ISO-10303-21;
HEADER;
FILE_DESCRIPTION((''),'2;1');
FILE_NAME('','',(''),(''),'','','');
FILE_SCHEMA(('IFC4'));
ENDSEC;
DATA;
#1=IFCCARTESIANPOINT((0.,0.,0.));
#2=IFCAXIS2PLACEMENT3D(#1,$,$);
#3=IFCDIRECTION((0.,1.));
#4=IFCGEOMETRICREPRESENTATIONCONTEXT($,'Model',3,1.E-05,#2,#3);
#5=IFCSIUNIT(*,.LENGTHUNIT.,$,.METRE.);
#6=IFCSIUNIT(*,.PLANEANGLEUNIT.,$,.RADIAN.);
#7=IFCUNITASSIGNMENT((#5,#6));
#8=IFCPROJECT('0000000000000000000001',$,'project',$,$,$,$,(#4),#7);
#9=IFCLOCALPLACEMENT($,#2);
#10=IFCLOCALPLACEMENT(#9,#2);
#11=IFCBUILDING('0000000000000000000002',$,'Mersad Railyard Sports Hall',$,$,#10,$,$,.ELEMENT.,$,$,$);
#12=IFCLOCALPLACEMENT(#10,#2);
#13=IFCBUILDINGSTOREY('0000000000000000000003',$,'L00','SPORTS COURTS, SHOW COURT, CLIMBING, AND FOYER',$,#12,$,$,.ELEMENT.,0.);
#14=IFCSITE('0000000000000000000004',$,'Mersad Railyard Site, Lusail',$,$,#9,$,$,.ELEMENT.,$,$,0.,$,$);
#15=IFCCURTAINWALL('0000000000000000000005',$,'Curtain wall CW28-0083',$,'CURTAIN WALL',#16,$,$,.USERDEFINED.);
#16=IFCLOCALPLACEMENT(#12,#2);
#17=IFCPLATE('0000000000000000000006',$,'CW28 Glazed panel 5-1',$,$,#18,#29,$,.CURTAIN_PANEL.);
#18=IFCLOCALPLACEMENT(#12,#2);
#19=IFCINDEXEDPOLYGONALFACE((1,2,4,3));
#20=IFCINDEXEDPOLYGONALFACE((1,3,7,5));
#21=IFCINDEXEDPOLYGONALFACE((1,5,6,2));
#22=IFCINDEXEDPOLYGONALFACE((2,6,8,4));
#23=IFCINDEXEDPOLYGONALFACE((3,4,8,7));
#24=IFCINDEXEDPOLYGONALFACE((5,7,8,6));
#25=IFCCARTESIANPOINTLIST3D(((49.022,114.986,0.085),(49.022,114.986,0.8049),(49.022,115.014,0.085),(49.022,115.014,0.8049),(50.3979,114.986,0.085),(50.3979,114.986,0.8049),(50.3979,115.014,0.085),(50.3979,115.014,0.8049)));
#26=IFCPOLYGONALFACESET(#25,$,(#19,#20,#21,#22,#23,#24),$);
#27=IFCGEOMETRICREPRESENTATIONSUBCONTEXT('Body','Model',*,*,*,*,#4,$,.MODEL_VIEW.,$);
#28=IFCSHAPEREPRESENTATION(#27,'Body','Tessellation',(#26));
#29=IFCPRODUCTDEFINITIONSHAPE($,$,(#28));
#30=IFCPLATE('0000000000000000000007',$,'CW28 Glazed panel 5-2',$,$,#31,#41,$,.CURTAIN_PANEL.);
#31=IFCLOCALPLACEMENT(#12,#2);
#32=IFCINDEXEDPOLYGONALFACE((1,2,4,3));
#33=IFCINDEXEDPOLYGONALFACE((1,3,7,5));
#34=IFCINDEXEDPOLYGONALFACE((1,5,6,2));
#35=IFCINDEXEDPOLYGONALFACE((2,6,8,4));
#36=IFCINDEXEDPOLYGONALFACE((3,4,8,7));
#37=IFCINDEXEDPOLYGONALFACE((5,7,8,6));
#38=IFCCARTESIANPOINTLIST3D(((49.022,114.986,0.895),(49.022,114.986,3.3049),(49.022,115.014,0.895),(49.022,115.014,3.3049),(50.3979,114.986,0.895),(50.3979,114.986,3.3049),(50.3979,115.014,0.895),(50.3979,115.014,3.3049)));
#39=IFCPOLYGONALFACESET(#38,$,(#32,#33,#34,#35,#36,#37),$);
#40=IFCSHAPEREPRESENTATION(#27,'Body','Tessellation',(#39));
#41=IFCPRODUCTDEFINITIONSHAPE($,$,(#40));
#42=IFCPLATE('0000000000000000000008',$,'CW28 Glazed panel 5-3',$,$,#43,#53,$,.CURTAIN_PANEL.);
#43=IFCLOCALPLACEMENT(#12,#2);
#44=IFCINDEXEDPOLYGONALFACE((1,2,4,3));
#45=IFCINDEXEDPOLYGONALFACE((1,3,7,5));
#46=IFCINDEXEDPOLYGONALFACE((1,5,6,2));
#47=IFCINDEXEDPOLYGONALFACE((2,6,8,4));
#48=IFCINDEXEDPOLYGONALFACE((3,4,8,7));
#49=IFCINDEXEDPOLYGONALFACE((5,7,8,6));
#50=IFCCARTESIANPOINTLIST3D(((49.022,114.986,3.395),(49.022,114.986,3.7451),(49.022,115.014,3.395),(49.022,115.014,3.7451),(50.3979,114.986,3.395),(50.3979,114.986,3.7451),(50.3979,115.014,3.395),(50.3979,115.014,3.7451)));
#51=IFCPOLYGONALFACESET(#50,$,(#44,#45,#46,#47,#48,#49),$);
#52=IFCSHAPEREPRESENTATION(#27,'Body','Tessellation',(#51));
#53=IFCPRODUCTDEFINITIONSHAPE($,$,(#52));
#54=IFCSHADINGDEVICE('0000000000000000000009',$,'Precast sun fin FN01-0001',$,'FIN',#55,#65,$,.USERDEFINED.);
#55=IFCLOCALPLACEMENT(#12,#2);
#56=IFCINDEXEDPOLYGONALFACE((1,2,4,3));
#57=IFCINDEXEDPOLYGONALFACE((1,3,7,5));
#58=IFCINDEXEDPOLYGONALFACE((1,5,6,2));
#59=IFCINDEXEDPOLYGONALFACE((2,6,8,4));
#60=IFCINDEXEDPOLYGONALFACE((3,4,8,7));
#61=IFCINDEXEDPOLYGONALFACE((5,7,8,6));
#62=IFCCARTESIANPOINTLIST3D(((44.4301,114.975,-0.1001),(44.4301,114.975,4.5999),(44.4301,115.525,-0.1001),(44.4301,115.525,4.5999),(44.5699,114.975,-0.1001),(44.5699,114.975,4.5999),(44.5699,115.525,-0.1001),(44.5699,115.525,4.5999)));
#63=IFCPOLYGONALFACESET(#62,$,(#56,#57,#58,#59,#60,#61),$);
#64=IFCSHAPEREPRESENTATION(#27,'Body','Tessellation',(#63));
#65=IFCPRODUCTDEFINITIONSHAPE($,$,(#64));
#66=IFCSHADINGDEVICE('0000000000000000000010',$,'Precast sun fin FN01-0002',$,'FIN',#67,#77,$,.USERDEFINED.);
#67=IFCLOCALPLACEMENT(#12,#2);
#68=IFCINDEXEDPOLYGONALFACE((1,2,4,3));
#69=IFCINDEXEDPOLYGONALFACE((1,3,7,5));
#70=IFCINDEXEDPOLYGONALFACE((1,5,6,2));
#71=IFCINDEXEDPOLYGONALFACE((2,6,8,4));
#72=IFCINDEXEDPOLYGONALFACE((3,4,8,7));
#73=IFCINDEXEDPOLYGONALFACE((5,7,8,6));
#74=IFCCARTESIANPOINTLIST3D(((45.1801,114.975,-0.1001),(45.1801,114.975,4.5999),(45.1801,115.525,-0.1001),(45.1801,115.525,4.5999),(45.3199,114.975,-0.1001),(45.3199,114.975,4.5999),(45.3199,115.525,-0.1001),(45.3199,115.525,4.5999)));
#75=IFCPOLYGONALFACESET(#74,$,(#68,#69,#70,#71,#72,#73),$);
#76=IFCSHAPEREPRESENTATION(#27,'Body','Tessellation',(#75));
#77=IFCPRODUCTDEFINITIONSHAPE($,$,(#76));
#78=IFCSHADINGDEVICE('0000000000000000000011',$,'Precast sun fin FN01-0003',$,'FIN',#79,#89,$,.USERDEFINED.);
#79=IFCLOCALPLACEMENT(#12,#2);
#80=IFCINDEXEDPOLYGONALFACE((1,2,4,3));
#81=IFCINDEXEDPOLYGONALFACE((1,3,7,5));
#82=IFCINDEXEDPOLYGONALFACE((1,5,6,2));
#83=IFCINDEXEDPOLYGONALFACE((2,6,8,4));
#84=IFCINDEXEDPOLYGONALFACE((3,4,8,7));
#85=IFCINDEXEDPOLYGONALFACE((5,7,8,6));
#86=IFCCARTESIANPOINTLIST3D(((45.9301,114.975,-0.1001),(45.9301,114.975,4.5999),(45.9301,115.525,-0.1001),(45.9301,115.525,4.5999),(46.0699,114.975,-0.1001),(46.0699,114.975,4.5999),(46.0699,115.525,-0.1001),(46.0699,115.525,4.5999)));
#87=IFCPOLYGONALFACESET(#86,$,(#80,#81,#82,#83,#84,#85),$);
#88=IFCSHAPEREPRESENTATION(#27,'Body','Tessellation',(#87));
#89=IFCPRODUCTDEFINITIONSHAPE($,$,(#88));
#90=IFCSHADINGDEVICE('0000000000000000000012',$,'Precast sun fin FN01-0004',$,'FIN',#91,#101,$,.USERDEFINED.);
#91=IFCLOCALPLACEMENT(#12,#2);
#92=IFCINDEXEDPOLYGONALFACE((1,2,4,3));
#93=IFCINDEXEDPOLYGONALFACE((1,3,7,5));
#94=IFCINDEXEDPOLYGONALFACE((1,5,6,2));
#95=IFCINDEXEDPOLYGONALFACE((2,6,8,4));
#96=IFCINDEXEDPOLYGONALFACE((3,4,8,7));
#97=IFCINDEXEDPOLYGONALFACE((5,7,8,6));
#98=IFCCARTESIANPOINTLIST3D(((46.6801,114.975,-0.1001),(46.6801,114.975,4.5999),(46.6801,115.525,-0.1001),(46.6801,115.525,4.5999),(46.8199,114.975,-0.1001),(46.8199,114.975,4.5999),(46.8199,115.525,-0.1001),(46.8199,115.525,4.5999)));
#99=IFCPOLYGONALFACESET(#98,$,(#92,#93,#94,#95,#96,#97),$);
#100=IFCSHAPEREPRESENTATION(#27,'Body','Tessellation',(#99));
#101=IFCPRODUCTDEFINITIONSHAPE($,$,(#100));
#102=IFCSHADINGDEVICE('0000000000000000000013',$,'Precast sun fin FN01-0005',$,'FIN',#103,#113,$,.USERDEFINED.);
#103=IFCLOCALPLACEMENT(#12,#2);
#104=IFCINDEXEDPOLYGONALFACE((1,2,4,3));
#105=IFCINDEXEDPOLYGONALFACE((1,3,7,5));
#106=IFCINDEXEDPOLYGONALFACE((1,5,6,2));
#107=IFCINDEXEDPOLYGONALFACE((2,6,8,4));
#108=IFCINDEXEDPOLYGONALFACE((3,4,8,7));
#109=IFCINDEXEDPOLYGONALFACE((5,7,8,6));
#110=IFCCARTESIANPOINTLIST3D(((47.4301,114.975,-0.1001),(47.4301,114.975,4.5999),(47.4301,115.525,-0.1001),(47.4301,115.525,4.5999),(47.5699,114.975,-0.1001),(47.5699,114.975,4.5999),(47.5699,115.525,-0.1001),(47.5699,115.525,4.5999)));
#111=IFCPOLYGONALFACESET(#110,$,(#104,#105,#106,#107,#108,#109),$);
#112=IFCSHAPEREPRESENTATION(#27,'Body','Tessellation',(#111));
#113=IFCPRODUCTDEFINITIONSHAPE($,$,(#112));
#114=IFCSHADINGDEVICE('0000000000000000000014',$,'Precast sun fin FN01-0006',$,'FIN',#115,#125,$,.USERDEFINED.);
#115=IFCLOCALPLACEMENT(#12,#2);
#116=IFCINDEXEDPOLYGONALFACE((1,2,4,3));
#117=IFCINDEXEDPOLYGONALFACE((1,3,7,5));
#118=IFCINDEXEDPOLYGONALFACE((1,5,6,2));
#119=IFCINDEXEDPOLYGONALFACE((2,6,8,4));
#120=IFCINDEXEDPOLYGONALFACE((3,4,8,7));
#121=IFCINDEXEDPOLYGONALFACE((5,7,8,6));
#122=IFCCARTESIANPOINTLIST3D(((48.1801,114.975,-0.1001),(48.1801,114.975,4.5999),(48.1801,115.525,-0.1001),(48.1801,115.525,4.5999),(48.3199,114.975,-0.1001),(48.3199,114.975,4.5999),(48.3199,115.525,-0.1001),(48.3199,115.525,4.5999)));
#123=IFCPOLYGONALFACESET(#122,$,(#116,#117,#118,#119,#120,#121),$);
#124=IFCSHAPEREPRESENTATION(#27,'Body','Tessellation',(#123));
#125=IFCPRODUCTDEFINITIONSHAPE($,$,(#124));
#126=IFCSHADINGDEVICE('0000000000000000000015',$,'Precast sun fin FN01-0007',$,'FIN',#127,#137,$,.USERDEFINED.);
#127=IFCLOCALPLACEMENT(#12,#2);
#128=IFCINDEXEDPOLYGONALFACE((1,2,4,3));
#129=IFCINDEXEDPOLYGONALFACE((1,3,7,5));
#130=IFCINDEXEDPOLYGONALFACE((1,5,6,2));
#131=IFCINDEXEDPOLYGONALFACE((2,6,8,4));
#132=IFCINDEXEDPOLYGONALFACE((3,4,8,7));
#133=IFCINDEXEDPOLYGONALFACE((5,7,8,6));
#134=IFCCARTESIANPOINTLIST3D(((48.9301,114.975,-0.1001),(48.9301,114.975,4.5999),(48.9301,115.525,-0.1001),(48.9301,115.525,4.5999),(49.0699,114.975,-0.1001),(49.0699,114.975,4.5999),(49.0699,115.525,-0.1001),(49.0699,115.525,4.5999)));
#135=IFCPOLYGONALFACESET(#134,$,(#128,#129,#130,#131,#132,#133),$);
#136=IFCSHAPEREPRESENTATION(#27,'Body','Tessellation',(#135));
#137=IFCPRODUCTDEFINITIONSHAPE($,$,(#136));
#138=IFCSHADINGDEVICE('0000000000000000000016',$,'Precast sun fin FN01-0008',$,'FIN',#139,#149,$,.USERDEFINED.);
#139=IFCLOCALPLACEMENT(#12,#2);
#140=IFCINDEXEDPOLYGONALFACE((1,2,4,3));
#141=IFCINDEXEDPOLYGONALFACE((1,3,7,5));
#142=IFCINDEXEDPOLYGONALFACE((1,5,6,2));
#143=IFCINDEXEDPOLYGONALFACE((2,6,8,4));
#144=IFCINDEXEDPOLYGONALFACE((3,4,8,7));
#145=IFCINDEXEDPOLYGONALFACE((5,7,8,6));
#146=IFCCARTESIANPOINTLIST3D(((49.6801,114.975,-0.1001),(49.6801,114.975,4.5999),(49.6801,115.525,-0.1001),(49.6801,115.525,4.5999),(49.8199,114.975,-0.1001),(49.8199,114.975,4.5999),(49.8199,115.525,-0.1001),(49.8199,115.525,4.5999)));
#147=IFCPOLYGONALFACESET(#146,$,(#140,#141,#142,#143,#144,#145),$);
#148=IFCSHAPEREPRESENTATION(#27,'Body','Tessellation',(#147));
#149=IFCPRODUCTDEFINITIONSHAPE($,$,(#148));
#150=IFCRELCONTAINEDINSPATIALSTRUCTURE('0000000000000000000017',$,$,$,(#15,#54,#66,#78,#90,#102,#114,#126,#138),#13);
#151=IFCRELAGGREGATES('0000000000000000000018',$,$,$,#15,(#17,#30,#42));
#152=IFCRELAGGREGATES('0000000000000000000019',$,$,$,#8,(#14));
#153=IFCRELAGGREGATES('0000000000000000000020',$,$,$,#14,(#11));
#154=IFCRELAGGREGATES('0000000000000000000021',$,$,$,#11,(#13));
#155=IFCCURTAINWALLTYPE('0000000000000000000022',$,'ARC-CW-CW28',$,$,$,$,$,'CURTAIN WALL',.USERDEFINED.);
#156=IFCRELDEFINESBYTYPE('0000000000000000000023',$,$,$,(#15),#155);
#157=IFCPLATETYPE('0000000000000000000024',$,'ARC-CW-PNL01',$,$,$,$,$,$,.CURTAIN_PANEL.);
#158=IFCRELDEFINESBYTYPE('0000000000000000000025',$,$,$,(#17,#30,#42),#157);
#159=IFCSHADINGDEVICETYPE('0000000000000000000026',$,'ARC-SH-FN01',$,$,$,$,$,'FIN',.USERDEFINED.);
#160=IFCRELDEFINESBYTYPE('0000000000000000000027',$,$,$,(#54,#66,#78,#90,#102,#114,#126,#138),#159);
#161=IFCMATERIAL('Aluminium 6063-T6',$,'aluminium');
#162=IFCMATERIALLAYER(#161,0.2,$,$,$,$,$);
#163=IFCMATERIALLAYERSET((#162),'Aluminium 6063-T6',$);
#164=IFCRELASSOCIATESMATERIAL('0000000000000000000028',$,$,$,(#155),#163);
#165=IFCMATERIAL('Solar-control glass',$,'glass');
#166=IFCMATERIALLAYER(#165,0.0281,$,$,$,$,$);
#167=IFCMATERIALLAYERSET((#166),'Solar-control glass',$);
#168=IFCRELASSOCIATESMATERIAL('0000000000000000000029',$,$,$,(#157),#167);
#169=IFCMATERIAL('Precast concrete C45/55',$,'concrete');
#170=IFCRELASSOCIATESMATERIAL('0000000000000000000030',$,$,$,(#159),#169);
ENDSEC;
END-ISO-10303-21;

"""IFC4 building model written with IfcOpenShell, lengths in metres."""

from ifc_helpers import new_model, si_unit, direction, frame, origin, origin_2d, place, context, subcontext, project, spatial, rectangle, extrude, material, layer, layer_set, type_object, element, aggregate, save


model = new_model("IFC4")

# Units and contexts
model_context = context("Model", 3, precision=1e-05, world=origin(), true_north=direction((0.0, 1.0)))
body_context = subcontext(model_context, "Body", "Model", "MODEL_VIEW")
ifc_project = project(units=[si_unit("LENGTHUNIT", "METRE"), si_unit("PLANEANGLEUNIT", "RADIAN")], contexts=[model_context])

# Site, building, storey
site_placement = place(None, origin())
site = spatial("IfcSite", under=ifc_project, at=site_placement, Name="Mersad Railyard Site, Lusail", CompositionType="ELEMENT", RefElevation=0.0)
building_placement = place(site_placement, origin())
building = spatial("IfcBuilding", under=site, at=building_placement, Name="Mersad Railyard Sports Hall", CompositionType="ELEMENT")
storey_placement = place(building_placement, origin())
storey = spatial("IfcBuildingStorey", under=building, at=storey_placement, Name="L00", Description="SPORTS COURTS, SHOW COURT, CLIMBING, AND FOYER", CompositionType="ELEMENT", Elevation=0.0)

# Curtain wall, plates
ifc_material_1 = material(Name="Aluminium 6063-T6", Category="aluminium")
ifc_layer_1 = layer(ifc_material_1, 0.2)
ifc_layer_set_1 = layer_set([ifc_layer_1], Name="Aluminium 6063-T6")
curtain_wall_type = type_object("IfcCurtainWallType", Name="ARC-CW-CW28", ElementType="CURTAIN WALL", PredefinedType="USERDEFINED", material=ifc_layer_set_1)
curtain_wall_placement = place(storey_placement, origin())
curtain_wall = element("IfcCurtainWall", 1, at=curtain_wall_placement, inside=storey, type_object=curtain_wall_type, Name="Curtain wall CW28-0083", ObjectType="CURTAIN WALL", PredefinedType="USERDEFINED")
ifc_material_2 = material(Name="Solar-control glass", Category="glass")
ifc_layer_2 = layer(ifc_material_2, 0.0281)
ifc_layer_set_2 = layer_set([ifc_layer_2], Name="Solar-control glass")
plate_type = type_object("IfcPlateType", Name="ARC-CW-PNL01", PredefinedType="CURTAIN_PANEL", material=ifc_layer_set_2)
plate_1_placement = place(storey_placement, frame((49.71, 115.0, 0.085), z_axis=(0.0, 0.0, 1.0), x_axis=(1.0, 0.0, 0.0)))
plate_1 = element("IfcPlate", 2, at=plate_1_placement, type_object=plate_type, Name="CW28 Glazed panel 5-1", PredefinedType="CURTAIN_PANEL", context=body_context, shape_type="SweptSolid", body=[
    extrude(rectangle(XDim=1.376, YDim=0.0281, at=origin_2d()), origin(), (0.0, 0.0, 1.0), 0.72),
])
plate_2_placement = place(storey_placement, frame((49.71, 115.0, 0.895), z_axis=(0.0, 0.0, 1.0), x_axis=(1.0, 0.0, 0.0)))
plate_2 = element("IfcPlate", 3, at=plate_2_placement, type_object=plate_type, Name="CW28 Glazed panel 5-2", PredefinedType="CURTAIN_PANEL", context=body_context, shape_type="SweptSolid", body=[
    extrude(rectangle(XDim=1.376, YDim=0.0281, at=origin_2d()), origin(), (0.0, 0.0, 1.0), 2.4099),
])
plate_3_placement = place(storey_placement, frame((49.71, 115.0, 3.395), z_axis=(0.0, 0.0, 1.0), x_axis=(1.0, 0.0, 0.0)))
plate_3 = element("IfcPlate", 4, at=plate_3_placement, type_object=plate_type, Name="CW28 Glazed panel 5-3", PredefinedType="CURTAIN_PANEL", context=body_context, shape_type="SweptSolid", body=[
    extrude(rectangle(XDim=1.376, YDim=0.0281, at=origin_2d()), origin(), (0.0, 0.0, 1.0), 0.3501),
])
aggregate(curtain_wall, [plate_1, plate_2, plate_3])

# Shading devices
ifc_material_3 = material(Name="Precast concrete C45/55", Category="concrete")
shading_device_type = type_object("IfcShadingDeviceType", Name="ARC-SH-FN01", ElementType="FIN", PredefinedType="USERDEFINED", material=ifc_material_3)
for number, where, z_axis, x_axis, name in (
    (5, (44.5, 115.25, -0.1001), (0.0, 0.0, 1.0), (1.0, 0.0, 0.0), "Precast sun fin FN01-0001"),
    (6, (45.25, 115.25, -0.1001), (0.0, 0.0, 1.0), (1.0, 0.0, 0.0), "Precast sun fin FN01-0002"),
    (7, (46.0, 115.25, -0.1001), (0.0, 0.0, 1.0), (1.0, 0.0, 0.0), "Precast sun fin FN01-0003"),
    (8, (46.75, 115.25, -0.1001), (0.0, 0.0, 1.0), (1.0, 0.0, 0.0), "Precast sun fin FN01-0004"),
    (9, (47.5, 115.25, -0.1001), (0.0, 0.0, 1.0), (1.0, 0.0, 0.0), "Precast sun fin FN01-0005"),
    (10, (48.25, 115.25, -0.1001), (0.0, 0.0, 1.0), (1.0, 0.0, 0.0), "Precast sun fin FN01-0006"),
    (11, (49.0, 115.25, -0.1001), (0.0, 0.0, 1.0), (1.0, 0.0, 0.0), "Precast sun fin FN01-0007"),
    (12, (49.75, 115.25, -0.1001), (0.0, 0.0, 1.0), (1.0, 0.0, 0.0), "Precast sun fin FN01-0008"),
):
    element("IfcShadingDevice", number, at=place(storey_placement, frame(where, z_axis=z_axis, x_axis=x_axis)), inside=storey, type_object=shading_device_type, Name=name, ObjectType="FIN", PredefinedType="USERDEFINED", context=body_context, shape_type="SweptSolid", body=[
        extrude(rectangle(XDim=0.1399, YDim=0.55, at=origin_2d()), origin(), (0.0, 0.0, 1.0), 4.7),
    ])

save(model, "model.ifc")
